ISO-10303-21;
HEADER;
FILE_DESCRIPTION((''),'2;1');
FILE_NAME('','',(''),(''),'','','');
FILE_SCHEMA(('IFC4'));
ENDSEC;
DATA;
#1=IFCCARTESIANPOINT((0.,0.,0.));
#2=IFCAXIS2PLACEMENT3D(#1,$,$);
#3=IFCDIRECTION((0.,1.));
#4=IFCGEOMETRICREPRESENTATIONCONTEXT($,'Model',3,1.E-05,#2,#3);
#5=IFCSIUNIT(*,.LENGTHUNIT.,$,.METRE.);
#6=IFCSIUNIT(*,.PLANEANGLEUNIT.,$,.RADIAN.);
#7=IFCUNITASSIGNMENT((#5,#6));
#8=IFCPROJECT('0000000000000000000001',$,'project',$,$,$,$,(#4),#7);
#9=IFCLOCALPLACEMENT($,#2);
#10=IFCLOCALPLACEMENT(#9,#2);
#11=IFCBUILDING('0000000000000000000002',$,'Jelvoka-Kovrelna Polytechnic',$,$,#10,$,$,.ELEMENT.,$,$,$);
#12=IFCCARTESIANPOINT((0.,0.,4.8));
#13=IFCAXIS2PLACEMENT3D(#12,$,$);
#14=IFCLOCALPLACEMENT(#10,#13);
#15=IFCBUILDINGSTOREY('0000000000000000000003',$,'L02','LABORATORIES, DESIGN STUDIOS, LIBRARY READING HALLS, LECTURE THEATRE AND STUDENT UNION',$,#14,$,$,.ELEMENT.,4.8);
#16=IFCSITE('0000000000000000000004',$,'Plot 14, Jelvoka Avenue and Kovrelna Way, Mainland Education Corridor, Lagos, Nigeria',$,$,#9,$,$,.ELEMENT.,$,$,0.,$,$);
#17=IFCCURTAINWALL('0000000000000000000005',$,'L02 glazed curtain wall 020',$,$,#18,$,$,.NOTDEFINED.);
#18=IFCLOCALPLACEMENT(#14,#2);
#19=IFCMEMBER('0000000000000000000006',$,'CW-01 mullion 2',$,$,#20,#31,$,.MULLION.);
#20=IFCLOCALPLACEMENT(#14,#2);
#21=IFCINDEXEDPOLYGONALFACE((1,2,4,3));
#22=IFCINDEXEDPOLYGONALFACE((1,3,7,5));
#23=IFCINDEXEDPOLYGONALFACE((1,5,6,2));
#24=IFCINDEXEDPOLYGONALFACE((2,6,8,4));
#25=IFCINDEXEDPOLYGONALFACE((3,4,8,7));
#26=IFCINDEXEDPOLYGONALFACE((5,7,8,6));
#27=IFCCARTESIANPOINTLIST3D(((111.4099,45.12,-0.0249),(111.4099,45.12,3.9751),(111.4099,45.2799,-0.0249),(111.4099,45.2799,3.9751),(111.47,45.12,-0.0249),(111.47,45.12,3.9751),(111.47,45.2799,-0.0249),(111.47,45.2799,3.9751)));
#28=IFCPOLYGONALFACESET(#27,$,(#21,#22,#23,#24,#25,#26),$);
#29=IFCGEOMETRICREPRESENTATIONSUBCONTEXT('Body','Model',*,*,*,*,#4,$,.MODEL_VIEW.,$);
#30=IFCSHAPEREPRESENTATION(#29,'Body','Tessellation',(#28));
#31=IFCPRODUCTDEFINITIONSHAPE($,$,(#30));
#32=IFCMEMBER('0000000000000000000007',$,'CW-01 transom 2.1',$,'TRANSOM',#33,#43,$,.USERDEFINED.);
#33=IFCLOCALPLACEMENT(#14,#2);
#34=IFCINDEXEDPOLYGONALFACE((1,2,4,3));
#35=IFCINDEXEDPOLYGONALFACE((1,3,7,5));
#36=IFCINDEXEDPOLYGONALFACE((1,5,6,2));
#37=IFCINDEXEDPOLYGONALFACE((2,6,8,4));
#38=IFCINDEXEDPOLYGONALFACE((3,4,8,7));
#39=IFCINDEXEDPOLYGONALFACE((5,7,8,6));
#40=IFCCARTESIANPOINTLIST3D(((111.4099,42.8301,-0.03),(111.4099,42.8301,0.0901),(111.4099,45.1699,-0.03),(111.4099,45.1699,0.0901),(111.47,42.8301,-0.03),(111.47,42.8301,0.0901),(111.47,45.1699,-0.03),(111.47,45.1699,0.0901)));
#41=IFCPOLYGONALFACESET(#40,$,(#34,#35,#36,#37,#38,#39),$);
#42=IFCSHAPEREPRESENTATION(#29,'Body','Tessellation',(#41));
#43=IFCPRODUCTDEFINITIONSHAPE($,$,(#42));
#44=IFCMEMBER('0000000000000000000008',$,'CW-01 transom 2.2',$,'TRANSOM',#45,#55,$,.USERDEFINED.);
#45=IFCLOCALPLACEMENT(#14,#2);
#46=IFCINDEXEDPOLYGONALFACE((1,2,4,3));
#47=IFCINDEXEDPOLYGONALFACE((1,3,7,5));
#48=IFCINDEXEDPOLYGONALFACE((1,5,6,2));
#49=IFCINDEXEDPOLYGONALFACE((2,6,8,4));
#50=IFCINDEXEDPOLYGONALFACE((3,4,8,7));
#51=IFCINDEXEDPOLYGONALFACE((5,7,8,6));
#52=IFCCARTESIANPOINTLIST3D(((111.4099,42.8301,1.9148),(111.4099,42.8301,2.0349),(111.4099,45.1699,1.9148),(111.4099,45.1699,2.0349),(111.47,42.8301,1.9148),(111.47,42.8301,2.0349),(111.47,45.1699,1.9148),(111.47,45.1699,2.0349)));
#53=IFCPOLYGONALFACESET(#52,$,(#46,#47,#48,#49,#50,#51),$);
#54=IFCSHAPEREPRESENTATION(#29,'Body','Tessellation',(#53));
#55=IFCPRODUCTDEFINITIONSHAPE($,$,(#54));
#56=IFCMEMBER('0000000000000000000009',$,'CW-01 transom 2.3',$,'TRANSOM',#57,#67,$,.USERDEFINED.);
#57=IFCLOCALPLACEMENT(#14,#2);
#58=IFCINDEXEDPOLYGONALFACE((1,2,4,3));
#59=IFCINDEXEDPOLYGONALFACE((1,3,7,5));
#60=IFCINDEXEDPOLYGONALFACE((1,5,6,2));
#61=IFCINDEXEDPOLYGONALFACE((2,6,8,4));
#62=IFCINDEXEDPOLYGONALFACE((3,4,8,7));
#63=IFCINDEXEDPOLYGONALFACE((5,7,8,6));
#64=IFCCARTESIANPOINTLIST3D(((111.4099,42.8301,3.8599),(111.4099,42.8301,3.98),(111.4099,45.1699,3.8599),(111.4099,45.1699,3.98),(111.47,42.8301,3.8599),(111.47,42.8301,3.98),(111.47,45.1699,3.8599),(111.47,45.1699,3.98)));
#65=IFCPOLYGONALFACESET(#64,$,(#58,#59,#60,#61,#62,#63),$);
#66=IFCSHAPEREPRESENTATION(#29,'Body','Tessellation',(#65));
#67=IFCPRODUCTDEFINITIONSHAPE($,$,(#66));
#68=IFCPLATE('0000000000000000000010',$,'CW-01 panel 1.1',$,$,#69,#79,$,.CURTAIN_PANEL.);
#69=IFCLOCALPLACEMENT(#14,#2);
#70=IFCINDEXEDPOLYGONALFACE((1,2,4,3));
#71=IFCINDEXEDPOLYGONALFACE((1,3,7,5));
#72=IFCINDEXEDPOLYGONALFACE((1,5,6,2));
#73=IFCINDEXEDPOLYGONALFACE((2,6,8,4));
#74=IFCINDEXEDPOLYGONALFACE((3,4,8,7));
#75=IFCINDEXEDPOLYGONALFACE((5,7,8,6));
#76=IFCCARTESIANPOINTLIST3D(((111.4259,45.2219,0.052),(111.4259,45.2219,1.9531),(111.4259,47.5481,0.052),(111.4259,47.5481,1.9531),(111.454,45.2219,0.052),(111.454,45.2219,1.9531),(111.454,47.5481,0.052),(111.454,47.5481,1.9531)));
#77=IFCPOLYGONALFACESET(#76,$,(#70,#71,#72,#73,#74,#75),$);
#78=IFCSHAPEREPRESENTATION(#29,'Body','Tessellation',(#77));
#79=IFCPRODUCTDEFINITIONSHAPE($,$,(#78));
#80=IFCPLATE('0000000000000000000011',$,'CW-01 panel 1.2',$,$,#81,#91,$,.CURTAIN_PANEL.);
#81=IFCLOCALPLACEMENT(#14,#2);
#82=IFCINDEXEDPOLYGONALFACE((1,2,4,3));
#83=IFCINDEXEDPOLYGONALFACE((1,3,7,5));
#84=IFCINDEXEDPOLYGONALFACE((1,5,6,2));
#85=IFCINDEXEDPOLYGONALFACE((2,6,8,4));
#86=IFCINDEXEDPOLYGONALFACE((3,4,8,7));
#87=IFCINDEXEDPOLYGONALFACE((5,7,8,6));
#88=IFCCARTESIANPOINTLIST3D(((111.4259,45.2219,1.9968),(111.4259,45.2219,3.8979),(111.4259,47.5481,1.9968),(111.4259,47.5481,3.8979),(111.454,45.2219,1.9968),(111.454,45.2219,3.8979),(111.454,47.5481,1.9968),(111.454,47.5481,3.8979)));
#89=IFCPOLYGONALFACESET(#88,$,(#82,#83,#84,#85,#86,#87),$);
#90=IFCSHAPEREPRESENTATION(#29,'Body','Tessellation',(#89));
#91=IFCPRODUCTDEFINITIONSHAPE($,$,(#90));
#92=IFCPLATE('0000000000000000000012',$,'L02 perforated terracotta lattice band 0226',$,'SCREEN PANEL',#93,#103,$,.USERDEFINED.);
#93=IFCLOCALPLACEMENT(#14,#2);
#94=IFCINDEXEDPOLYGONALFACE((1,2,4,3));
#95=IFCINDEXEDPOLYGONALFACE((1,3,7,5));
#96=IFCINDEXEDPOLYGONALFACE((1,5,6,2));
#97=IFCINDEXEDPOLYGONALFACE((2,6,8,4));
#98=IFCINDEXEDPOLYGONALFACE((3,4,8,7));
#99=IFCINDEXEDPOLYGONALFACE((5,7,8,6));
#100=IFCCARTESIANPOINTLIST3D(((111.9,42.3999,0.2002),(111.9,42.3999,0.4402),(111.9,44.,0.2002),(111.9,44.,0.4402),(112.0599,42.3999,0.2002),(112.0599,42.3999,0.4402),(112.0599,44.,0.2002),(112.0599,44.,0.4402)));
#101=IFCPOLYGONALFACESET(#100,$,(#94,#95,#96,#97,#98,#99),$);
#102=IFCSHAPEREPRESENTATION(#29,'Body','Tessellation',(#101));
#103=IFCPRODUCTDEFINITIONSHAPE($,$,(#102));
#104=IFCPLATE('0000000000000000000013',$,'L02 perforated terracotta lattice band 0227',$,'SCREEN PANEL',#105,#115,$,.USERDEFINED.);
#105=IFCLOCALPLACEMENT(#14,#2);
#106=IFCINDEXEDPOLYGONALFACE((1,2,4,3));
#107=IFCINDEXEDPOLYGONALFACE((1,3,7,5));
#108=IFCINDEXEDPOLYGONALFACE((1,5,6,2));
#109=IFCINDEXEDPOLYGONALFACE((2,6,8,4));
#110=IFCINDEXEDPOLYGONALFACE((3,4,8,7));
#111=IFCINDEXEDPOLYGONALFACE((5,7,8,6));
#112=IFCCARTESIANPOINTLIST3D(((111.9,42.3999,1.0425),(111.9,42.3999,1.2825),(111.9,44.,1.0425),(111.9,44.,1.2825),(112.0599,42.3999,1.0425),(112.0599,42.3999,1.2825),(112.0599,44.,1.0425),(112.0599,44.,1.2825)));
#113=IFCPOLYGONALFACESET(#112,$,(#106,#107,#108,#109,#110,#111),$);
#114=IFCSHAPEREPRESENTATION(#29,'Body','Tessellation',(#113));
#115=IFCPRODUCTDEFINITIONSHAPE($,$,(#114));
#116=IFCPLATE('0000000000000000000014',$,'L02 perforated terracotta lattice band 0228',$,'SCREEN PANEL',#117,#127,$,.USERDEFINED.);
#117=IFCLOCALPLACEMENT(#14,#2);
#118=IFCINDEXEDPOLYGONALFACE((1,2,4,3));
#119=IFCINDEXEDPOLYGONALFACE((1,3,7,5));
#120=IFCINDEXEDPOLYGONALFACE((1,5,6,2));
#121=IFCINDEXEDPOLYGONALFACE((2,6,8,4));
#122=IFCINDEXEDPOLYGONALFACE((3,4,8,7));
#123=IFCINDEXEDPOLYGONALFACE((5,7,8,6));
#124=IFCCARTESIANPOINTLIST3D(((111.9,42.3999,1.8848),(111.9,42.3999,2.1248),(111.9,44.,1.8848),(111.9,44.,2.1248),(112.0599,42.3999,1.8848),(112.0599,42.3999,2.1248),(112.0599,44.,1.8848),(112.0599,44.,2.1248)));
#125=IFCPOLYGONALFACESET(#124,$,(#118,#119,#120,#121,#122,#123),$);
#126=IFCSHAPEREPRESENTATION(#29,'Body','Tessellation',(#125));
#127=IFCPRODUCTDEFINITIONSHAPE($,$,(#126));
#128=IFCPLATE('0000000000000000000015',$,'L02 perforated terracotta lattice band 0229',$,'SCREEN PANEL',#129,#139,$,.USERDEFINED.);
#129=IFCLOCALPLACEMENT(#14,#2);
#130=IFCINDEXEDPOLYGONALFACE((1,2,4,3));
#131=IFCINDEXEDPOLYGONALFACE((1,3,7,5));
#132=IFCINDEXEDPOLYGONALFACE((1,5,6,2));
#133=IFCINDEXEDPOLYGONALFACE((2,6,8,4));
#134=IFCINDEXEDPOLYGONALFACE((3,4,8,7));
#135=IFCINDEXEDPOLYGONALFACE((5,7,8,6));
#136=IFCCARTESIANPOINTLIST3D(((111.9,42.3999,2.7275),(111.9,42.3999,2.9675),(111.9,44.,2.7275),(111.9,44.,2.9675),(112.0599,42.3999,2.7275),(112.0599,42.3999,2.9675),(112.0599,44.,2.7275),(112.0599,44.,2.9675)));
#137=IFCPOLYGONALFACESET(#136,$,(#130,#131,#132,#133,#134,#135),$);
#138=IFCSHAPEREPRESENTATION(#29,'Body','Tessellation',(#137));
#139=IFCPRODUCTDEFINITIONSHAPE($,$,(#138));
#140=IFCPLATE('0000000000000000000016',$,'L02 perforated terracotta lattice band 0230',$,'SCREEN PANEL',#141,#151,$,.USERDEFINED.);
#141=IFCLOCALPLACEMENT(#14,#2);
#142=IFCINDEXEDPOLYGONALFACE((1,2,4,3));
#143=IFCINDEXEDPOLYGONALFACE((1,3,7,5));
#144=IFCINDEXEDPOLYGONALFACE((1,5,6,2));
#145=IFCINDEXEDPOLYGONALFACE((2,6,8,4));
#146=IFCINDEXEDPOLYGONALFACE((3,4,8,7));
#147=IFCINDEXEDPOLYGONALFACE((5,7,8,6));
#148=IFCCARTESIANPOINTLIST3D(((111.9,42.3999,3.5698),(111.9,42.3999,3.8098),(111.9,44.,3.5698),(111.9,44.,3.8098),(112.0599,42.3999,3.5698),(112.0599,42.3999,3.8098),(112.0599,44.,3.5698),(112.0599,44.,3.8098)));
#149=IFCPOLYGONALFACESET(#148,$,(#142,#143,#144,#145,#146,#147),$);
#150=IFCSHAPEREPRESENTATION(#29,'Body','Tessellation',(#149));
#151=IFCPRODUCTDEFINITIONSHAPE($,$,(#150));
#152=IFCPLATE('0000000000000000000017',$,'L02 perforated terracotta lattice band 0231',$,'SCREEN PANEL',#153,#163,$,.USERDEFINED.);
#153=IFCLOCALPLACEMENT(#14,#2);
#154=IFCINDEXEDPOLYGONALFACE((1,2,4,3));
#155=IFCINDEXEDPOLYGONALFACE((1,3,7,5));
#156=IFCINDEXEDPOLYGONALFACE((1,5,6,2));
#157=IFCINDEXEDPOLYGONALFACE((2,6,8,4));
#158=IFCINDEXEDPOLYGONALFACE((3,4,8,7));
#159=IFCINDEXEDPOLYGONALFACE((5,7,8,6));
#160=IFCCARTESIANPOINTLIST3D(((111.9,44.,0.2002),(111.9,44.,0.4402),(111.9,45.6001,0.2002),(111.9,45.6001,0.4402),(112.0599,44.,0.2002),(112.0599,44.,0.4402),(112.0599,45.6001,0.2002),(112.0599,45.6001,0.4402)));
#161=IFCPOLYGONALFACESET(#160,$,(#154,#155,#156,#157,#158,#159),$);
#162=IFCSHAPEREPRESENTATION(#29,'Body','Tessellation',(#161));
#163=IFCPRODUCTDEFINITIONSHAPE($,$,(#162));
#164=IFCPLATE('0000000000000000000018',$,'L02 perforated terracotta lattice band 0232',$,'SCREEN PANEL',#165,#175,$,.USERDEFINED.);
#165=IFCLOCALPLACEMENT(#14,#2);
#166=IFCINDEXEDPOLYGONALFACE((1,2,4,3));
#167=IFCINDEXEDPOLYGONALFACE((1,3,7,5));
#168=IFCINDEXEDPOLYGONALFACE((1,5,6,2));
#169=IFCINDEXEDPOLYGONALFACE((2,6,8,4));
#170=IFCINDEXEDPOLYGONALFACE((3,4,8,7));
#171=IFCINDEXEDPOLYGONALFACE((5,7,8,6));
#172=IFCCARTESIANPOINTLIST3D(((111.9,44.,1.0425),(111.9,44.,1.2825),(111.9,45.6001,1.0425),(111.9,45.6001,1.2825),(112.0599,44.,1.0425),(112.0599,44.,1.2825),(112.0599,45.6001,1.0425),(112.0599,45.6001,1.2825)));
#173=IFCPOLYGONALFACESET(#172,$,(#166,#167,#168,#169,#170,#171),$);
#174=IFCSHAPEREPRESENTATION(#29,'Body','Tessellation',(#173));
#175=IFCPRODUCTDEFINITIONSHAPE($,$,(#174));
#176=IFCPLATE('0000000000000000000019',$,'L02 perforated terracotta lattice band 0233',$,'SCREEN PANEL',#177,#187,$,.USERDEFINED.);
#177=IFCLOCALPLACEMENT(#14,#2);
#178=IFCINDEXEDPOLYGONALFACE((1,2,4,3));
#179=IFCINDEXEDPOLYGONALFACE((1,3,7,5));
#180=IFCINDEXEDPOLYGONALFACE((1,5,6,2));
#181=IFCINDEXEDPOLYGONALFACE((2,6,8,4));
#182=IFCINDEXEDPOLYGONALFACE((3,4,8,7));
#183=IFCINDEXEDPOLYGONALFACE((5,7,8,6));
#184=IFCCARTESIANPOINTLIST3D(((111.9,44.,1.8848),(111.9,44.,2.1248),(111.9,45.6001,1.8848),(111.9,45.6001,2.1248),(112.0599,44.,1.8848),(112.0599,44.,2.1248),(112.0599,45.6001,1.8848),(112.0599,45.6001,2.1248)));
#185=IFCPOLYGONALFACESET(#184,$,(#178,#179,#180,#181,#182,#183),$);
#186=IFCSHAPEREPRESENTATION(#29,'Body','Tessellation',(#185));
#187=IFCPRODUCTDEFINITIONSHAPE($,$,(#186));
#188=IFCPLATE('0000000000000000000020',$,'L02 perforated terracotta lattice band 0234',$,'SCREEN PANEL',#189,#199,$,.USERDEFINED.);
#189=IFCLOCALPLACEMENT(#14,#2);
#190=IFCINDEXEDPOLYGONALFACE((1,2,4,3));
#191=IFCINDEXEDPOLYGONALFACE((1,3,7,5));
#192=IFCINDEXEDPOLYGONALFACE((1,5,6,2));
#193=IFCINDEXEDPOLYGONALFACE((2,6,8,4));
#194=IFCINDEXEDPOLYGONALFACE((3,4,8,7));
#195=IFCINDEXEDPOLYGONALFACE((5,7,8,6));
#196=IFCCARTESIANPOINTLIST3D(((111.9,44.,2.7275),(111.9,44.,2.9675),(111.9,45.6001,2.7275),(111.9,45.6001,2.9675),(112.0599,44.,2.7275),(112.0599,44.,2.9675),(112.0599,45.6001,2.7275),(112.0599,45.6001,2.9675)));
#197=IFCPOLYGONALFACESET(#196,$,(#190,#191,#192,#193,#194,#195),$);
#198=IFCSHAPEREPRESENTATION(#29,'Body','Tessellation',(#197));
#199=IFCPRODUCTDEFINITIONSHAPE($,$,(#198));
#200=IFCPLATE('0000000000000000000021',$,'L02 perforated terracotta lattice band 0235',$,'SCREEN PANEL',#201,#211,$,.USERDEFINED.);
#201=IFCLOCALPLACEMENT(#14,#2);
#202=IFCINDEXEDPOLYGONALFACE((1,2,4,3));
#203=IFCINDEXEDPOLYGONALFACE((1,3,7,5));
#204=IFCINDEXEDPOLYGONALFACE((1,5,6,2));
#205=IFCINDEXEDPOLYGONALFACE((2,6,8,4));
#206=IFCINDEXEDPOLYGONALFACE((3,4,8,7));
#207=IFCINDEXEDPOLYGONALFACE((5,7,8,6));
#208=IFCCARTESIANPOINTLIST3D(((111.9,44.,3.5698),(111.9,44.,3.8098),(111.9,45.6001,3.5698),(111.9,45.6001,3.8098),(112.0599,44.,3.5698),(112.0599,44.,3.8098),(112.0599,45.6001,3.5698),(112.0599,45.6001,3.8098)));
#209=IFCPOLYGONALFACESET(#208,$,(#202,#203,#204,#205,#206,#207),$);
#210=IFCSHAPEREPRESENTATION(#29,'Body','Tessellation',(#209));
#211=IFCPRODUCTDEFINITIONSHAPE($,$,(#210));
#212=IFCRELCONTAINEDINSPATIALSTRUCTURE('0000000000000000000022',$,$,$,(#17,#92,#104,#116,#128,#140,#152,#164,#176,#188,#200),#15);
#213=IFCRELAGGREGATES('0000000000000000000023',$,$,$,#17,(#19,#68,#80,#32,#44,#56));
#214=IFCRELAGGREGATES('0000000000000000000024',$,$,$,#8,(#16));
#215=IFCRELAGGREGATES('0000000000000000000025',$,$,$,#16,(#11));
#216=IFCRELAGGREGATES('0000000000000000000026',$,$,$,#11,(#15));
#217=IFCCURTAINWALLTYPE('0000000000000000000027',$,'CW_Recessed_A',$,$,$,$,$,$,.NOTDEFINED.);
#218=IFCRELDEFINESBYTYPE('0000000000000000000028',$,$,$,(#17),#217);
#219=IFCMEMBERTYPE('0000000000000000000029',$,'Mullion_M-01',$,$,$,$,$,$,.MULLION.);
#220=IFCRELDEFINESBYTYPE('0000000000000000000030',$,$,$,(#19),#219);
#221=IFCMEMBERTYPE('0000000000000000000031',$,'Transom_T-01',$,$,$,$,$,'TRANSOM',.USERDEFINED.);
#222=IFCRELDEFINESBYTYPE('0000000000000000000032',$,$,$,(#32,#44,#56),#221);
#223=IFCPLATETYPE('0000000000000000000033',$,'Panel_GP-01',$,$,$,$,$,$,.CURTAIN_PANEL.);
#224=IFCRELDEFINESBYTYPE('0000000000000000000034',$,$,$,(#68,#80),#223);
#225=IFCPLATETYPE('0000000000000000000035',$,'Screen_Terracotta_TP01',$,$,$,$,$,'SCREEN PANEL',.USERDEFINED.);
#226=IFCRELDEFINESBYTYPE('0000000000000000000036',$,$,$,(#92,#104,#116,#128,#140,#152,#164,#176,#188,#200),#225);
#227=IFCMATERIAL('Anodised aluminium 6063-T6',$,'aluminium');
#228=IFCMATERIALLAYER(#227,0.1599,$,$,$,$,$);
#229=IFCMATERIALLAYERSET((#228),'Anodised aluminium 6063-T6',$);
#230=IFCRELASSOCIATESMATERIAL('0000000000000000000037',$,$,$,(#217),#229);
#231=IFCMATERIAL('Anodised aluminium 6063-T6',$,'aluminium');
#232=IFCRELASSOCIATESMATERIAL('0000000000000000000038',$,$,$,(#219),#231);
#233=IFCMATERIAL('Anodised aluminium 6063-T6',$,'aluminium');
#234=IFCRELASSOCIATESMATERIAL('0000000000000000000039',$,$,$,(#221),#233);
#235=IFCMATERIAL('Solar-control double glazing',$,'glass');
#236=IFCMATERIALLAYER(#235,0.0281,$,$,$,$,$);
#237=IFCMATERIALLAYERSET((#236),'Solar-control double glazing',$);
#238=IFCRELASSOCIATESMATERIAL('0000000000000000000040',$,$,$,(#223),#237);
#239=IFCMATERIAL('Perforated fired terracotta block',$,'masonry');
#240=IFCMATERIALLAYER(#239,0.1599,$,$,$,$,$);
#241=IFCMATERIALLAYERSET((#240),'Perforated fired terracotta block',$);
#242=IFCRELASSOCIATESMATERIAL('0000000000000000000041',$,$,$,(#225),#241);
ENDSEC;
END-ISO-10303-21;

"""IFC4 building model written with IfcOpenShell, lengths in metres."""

from ifc_helpers import new_model, si_unit, direction, frame, origin, origin_2d, place, context, subcontext, project, spatial, rectangle, extrude, material, layer, layer_set, material_profile, profile_set, type_object, element, aggregate, save


model = new_model("IFC4")

# Units and contexts
model_context = context("Model", 3, precision=1e-05, world=origin(), true_north=direction((0.0, 1.0)))
body_context = subcontext(model_context, "Body", "Model", "MODEL_VIEW")
ifc_project = project(units=[si_unit("LENGTHUNIT", "METRE"), si_unit("PLANEANGLEUNIT", "RADIAN")], contexts=[model_context])

# Site, building, storey
site_placement = place(None, origin())
site = spatial("IfcSite", under=ifc_project, at=site_placement, Name="Plot 14, Jelvoka Avenue and Kovrelna Way, Mainland Education Corridor, Lagos, Nigeria", CompositionType="ELEMENT", RefElevation=0.0)
building_placement = place(site_placement, origin())
building = spatial("IfcBuilding", under=site, at=building_placement, Name="Jelvoka-Kovrelna Polytechnic", CompositionType="ELEMENT")
storey_placement = place(building_placement, frame((0.0, 0.0, 4.8)))
storey = spatial("IfcBuildingStorey", under=building, at=storey_placement, Name="L02", Description="LABORATORIES, DESIGN STUDIOS, LIBRARY READING HALLS, LECTURE THEATRE AND STUDENT UNION", CompositionType="ELEMENT", Elevation=4.8)

# Curtain wall, members, plates
ifc_material_1 = material(Name="Anodised aluminium 6063-T6", Category="aluminium")
ifc_layer_1 = layer(ifc_material_1, 0.1599)
ifc_layer_set_1 = layer_set([ifc_layer_1], Name="Anodised aluminium 6063-T6")
curtain_wall_type = type_object("IfcCurtainWallType", Name="CW_Recessed_A", PredefinedType="NOTDEFINED", material=ifc_layer_set_1)
curtain_wall_placement = place(storey_placement, origin())
curtain_wall = element("IfcCurtainWall", 1, at=curtain_wall_placement, inside=storey, type_object=curtain_wall_type, Name="L02 glazed curtain wall 020", PredefinedType="NOTDEFINED")
ifc_material_2 = material(Name="Anodised aluminium 6063-T6", Category="aluminium")
ifc_material_profile_1 = material_profile(ifc_material_2, rectangle(XDim=0.0601, YDim=0.1599, at=origin_2d()), Name="ALU 60x160")
ifc_profile_set_1 = profile_set([ifc_material_profile_1], Name="Anodised aluminium 6063-T6")
member_type_1 = type_object("IfcMemberType", Name="Mullion_M-01", PredefinedType="MULLION", material=ifc_profile_set_1)
member_1_placement = place(storey_placement, frame((111.4399, 45.2, -0.0249), z_axis=(0.0, 0.0, 1.0), x_axis=(1.0, 0.0, 0.0)))
member_1 = element("IfcMember", 2, at=member_1_placement, type_object=member_type_1, Name="CW-01 mullion 2", PredefinedType="MULLION", context=body_context, shape_type="SweptSolid", body=[
    extrude(rectangle(XDim=0.0601, YDim=0.1599, at=origin_2d()), origin(), (0.0, 0.0, 1.0), 4.0),
])
ifc_material_3 = material(Name="Anodised aluminium 6063-T6", Category="aluminium")
ifc_material_profile_2 = material_profile(ifc_material_3, rectangle(XDim=0.0601, YDim=0.1201, at=origin_2d()), Name="ALU 60x120")
ifc_profile_set_2 = profile_set([ifc_material_profile_2], Name="Anodised aluminium 6063-T6")
member_type_2 = type_object("IfcMemberType", Name="Transom_T-01", ElementType="TRANSOM", PredefinedType="USERDEFINED", material=ifc_profile_set_2)
member_2_placement = place(storey_placement, frame((111.4399, 45.1699, 0.03), z_axis=(0.0, -1.0, 0.0), x_axis=(1.0, 0.0, 0.0)))
member_2 = element("IfcMember", 3, at=member_2_placement, type_object=member_type_2, Name="CW-01 transom 2.1", ObjectType="TRANSOM", PredefinedType="USERDEFINED", context=body_context, shape_type="SweptSolid", body=[
    extrude(rectangle(XDim=0.0601, YDim=0.1201, at=origin_2d()), origin(), (0.0, 0.0, 1.0), 2.3398),
])
member_3_placement = place(storey_placement, frame((111.4399, 45.1699, 1.9749), z_axis=(0.0, -1.0, 0.0), x_axis=(1.0, 0.0, 0.0)))
member_3 = element("IfcMember", 4, at=member_3_placement, type_object=member_type_2, Name="CW-01 transom 2.2", ObjectType="TRANSOM", PredefinedType="USERDEFINED", context=body_context, shape_type="SweptSolid", body=[
    extrude(rectangle(XDim=0.0601, YDim=0.1201, at=origin_2d()), origin(), (0.0, 0.0, 1.0), 2.3398),
])
member_4_placement = place(storey_placement, frame((111.4399, 45.1699, 3.9199), z_axis=(0.0, -1.0, 0.0), x_axis=(1.0, 0.0, 0.0)))
member_4 = element("IfcMember", 5, at=member_4_placement, type_object=member_type_2, Name="CW-01 transom 2.3", ObjectType="TRANSOM", PredefinedType="USERDEFINED", context=body_context, shape_type="SweptSolid", body=[
    extrude(rectangle(XDim=0.0601, YDim=0.1201, at=origin_2d()), origin(), (0.0, 0.0, 1.0), 2.3398),
])
ifc_material_4 = material(Name="Solar-control double glazing", Category="glass")
ifc_layer_2 = layer(ifc_material_4, 0.0281)
ifc_layer_set_2 = layer_set([ifc_layer_2], Name="Solar-control double glazing")
plate_type_1 = type_object("IfcPlateType", Name="Panel_GP-01", PredefinedType="CURTAIN_PANEL", material=ifc_layer_set_2)
plate_1_placement = place(storey_placement, frame((111.4399, 46.385, 0.052), z_axis=(0.0, 0.0, 1.0), x_axis=(0.0, -1.0, 0.0)))
plate_1 = element("IfcPlate", 6, at=plate_1_placement, type_object=plate_type_1, Name="CW-01 panel 1.1", PredefinedType="CURTAIN_PANEL", context=body_context, shape_type="SweptSolid", body=[
    extrude(rectangle(XDim=2.3262, YDim=0.0281, at=origin_2d()), origin(), (0.0, 0.0, 1.0), 1.9011),
])
plate_2_placement = place(storey_placement, frame((111.4399, 46.385, 1.9968), z_axis=(0.0, 0.0, 1.0), x_axis=(0.0, -1.0, 0.0)))
plate_2 = element("IfcPlate", 7, at=plate_2_placement, type_object=plate_type_1, Name="CW-01 panel 1.2", PredefinedType="CURTAIN_PANEL", context=body_context, shape_type="SweptSolid", body=[
    extrude(rectangle(XDim=2.3262, YDim=0.0281, at=origin_2d()), origin(), (0.0, 0.0, 1.0), 1.9011),
])
aggregate(curtain_wall, [member_1, plate_1, plate_2, member_2, member_3, member_4])

# Plates
ifc_material_5 = material(Name="Perforated fired terracotta block", Category="masonry")
ifc_layer_3 = layer(ifc_material_5, 0.1599)
ifc_layer_set_3 = layer_set([ifc_layer_3], Name="Perforated fired terracotta block")
plate_type_2 = type_object("IfcPlateType", Name="Screen_Terracotta_TP01", ElementType="SCREEN PANEL", PredefinedType="USERDEFINED", material=ifc_layer_set_3)
for number, where, z_axis, x_axis, name in (
    (8, (111.98, 43.2, 0.2002), (0.0, 0.0, 1.0), (0.0, 1.0, 0.0), "L02 perforated terracotta lattice band 0226"),
    (9, (111.98, 43.2, 1.0425), (0.0, 0.0, 1.0), (0.0, 1.0, 0.0), "L02 perforated terracotta lattice band 0227"),
    (10, (111.98, 43.2, 1.8848), (0.0, 0.0, 1.0), (0.0, 1.0, 0.0), "L02 perforated terracotta lattice band 0228"),
    (11, (111.98, 43.2, 2.7275), (0.0, 0.0, 1.0), (0.0, 1.0, 0.0), "L02 perforated terracotta lattice band 0229"),
    (12, (111.98, 43.2, 3.5698), (0.0, 0.0, 1.0), (0.0, 1.0, 0.0), "L02 perforated terracotta lattice band 0230"),
    (13, (111.98, 44.8, 0.2002), (0.0, 0.0, 1.0), (0.0, 1.0, 0.0), "L02 perforated terracotta lattice band 0231"),
    (14, (111.98, 44.8, 1.0425), (0.0, 0.0, 1.0), (0.0, 1.0, 0.0), "L02 perforated terracotta lattice band 0232"),
    (15, (111.98, 44.8, 1.8848), (0.0, 0.0, 1.0), (0.0, 1.0, 0.0), "L02 perforated terracotta lattice band 0233"),
    (16, (111.98, 44.8, 2.7275), (0.0, 0.0, 1.0), (0.0, 1.0, 0.0), "L02 perforated terracotta lattice band 0234"),
    (17, (111.98, 44.8, 3.5698), (0.0, 0.0, 1.0), (0.0, 1.0, 0.0), "L02 perforated terracotta lattice band 0235"),
):
    element("IfcPlate", number, at=place(storey_placement, frame(where, z_axis=z_axis, x_axis=x_axis)), inside=storey, type_object=plate_type_2, Name=name, ObjectType="SCREEN PANEL", PredefinedType="USERDEFINED", context=body_context, shape_type="SweptSolid", body=[
        extrude(rectangle(XDim=1.6001, YDim=0.1599, at=origin_2d()), origin(), (0.0, 0.0, 1.0), 0.24),
    ])

save(model, "model.ifc")
